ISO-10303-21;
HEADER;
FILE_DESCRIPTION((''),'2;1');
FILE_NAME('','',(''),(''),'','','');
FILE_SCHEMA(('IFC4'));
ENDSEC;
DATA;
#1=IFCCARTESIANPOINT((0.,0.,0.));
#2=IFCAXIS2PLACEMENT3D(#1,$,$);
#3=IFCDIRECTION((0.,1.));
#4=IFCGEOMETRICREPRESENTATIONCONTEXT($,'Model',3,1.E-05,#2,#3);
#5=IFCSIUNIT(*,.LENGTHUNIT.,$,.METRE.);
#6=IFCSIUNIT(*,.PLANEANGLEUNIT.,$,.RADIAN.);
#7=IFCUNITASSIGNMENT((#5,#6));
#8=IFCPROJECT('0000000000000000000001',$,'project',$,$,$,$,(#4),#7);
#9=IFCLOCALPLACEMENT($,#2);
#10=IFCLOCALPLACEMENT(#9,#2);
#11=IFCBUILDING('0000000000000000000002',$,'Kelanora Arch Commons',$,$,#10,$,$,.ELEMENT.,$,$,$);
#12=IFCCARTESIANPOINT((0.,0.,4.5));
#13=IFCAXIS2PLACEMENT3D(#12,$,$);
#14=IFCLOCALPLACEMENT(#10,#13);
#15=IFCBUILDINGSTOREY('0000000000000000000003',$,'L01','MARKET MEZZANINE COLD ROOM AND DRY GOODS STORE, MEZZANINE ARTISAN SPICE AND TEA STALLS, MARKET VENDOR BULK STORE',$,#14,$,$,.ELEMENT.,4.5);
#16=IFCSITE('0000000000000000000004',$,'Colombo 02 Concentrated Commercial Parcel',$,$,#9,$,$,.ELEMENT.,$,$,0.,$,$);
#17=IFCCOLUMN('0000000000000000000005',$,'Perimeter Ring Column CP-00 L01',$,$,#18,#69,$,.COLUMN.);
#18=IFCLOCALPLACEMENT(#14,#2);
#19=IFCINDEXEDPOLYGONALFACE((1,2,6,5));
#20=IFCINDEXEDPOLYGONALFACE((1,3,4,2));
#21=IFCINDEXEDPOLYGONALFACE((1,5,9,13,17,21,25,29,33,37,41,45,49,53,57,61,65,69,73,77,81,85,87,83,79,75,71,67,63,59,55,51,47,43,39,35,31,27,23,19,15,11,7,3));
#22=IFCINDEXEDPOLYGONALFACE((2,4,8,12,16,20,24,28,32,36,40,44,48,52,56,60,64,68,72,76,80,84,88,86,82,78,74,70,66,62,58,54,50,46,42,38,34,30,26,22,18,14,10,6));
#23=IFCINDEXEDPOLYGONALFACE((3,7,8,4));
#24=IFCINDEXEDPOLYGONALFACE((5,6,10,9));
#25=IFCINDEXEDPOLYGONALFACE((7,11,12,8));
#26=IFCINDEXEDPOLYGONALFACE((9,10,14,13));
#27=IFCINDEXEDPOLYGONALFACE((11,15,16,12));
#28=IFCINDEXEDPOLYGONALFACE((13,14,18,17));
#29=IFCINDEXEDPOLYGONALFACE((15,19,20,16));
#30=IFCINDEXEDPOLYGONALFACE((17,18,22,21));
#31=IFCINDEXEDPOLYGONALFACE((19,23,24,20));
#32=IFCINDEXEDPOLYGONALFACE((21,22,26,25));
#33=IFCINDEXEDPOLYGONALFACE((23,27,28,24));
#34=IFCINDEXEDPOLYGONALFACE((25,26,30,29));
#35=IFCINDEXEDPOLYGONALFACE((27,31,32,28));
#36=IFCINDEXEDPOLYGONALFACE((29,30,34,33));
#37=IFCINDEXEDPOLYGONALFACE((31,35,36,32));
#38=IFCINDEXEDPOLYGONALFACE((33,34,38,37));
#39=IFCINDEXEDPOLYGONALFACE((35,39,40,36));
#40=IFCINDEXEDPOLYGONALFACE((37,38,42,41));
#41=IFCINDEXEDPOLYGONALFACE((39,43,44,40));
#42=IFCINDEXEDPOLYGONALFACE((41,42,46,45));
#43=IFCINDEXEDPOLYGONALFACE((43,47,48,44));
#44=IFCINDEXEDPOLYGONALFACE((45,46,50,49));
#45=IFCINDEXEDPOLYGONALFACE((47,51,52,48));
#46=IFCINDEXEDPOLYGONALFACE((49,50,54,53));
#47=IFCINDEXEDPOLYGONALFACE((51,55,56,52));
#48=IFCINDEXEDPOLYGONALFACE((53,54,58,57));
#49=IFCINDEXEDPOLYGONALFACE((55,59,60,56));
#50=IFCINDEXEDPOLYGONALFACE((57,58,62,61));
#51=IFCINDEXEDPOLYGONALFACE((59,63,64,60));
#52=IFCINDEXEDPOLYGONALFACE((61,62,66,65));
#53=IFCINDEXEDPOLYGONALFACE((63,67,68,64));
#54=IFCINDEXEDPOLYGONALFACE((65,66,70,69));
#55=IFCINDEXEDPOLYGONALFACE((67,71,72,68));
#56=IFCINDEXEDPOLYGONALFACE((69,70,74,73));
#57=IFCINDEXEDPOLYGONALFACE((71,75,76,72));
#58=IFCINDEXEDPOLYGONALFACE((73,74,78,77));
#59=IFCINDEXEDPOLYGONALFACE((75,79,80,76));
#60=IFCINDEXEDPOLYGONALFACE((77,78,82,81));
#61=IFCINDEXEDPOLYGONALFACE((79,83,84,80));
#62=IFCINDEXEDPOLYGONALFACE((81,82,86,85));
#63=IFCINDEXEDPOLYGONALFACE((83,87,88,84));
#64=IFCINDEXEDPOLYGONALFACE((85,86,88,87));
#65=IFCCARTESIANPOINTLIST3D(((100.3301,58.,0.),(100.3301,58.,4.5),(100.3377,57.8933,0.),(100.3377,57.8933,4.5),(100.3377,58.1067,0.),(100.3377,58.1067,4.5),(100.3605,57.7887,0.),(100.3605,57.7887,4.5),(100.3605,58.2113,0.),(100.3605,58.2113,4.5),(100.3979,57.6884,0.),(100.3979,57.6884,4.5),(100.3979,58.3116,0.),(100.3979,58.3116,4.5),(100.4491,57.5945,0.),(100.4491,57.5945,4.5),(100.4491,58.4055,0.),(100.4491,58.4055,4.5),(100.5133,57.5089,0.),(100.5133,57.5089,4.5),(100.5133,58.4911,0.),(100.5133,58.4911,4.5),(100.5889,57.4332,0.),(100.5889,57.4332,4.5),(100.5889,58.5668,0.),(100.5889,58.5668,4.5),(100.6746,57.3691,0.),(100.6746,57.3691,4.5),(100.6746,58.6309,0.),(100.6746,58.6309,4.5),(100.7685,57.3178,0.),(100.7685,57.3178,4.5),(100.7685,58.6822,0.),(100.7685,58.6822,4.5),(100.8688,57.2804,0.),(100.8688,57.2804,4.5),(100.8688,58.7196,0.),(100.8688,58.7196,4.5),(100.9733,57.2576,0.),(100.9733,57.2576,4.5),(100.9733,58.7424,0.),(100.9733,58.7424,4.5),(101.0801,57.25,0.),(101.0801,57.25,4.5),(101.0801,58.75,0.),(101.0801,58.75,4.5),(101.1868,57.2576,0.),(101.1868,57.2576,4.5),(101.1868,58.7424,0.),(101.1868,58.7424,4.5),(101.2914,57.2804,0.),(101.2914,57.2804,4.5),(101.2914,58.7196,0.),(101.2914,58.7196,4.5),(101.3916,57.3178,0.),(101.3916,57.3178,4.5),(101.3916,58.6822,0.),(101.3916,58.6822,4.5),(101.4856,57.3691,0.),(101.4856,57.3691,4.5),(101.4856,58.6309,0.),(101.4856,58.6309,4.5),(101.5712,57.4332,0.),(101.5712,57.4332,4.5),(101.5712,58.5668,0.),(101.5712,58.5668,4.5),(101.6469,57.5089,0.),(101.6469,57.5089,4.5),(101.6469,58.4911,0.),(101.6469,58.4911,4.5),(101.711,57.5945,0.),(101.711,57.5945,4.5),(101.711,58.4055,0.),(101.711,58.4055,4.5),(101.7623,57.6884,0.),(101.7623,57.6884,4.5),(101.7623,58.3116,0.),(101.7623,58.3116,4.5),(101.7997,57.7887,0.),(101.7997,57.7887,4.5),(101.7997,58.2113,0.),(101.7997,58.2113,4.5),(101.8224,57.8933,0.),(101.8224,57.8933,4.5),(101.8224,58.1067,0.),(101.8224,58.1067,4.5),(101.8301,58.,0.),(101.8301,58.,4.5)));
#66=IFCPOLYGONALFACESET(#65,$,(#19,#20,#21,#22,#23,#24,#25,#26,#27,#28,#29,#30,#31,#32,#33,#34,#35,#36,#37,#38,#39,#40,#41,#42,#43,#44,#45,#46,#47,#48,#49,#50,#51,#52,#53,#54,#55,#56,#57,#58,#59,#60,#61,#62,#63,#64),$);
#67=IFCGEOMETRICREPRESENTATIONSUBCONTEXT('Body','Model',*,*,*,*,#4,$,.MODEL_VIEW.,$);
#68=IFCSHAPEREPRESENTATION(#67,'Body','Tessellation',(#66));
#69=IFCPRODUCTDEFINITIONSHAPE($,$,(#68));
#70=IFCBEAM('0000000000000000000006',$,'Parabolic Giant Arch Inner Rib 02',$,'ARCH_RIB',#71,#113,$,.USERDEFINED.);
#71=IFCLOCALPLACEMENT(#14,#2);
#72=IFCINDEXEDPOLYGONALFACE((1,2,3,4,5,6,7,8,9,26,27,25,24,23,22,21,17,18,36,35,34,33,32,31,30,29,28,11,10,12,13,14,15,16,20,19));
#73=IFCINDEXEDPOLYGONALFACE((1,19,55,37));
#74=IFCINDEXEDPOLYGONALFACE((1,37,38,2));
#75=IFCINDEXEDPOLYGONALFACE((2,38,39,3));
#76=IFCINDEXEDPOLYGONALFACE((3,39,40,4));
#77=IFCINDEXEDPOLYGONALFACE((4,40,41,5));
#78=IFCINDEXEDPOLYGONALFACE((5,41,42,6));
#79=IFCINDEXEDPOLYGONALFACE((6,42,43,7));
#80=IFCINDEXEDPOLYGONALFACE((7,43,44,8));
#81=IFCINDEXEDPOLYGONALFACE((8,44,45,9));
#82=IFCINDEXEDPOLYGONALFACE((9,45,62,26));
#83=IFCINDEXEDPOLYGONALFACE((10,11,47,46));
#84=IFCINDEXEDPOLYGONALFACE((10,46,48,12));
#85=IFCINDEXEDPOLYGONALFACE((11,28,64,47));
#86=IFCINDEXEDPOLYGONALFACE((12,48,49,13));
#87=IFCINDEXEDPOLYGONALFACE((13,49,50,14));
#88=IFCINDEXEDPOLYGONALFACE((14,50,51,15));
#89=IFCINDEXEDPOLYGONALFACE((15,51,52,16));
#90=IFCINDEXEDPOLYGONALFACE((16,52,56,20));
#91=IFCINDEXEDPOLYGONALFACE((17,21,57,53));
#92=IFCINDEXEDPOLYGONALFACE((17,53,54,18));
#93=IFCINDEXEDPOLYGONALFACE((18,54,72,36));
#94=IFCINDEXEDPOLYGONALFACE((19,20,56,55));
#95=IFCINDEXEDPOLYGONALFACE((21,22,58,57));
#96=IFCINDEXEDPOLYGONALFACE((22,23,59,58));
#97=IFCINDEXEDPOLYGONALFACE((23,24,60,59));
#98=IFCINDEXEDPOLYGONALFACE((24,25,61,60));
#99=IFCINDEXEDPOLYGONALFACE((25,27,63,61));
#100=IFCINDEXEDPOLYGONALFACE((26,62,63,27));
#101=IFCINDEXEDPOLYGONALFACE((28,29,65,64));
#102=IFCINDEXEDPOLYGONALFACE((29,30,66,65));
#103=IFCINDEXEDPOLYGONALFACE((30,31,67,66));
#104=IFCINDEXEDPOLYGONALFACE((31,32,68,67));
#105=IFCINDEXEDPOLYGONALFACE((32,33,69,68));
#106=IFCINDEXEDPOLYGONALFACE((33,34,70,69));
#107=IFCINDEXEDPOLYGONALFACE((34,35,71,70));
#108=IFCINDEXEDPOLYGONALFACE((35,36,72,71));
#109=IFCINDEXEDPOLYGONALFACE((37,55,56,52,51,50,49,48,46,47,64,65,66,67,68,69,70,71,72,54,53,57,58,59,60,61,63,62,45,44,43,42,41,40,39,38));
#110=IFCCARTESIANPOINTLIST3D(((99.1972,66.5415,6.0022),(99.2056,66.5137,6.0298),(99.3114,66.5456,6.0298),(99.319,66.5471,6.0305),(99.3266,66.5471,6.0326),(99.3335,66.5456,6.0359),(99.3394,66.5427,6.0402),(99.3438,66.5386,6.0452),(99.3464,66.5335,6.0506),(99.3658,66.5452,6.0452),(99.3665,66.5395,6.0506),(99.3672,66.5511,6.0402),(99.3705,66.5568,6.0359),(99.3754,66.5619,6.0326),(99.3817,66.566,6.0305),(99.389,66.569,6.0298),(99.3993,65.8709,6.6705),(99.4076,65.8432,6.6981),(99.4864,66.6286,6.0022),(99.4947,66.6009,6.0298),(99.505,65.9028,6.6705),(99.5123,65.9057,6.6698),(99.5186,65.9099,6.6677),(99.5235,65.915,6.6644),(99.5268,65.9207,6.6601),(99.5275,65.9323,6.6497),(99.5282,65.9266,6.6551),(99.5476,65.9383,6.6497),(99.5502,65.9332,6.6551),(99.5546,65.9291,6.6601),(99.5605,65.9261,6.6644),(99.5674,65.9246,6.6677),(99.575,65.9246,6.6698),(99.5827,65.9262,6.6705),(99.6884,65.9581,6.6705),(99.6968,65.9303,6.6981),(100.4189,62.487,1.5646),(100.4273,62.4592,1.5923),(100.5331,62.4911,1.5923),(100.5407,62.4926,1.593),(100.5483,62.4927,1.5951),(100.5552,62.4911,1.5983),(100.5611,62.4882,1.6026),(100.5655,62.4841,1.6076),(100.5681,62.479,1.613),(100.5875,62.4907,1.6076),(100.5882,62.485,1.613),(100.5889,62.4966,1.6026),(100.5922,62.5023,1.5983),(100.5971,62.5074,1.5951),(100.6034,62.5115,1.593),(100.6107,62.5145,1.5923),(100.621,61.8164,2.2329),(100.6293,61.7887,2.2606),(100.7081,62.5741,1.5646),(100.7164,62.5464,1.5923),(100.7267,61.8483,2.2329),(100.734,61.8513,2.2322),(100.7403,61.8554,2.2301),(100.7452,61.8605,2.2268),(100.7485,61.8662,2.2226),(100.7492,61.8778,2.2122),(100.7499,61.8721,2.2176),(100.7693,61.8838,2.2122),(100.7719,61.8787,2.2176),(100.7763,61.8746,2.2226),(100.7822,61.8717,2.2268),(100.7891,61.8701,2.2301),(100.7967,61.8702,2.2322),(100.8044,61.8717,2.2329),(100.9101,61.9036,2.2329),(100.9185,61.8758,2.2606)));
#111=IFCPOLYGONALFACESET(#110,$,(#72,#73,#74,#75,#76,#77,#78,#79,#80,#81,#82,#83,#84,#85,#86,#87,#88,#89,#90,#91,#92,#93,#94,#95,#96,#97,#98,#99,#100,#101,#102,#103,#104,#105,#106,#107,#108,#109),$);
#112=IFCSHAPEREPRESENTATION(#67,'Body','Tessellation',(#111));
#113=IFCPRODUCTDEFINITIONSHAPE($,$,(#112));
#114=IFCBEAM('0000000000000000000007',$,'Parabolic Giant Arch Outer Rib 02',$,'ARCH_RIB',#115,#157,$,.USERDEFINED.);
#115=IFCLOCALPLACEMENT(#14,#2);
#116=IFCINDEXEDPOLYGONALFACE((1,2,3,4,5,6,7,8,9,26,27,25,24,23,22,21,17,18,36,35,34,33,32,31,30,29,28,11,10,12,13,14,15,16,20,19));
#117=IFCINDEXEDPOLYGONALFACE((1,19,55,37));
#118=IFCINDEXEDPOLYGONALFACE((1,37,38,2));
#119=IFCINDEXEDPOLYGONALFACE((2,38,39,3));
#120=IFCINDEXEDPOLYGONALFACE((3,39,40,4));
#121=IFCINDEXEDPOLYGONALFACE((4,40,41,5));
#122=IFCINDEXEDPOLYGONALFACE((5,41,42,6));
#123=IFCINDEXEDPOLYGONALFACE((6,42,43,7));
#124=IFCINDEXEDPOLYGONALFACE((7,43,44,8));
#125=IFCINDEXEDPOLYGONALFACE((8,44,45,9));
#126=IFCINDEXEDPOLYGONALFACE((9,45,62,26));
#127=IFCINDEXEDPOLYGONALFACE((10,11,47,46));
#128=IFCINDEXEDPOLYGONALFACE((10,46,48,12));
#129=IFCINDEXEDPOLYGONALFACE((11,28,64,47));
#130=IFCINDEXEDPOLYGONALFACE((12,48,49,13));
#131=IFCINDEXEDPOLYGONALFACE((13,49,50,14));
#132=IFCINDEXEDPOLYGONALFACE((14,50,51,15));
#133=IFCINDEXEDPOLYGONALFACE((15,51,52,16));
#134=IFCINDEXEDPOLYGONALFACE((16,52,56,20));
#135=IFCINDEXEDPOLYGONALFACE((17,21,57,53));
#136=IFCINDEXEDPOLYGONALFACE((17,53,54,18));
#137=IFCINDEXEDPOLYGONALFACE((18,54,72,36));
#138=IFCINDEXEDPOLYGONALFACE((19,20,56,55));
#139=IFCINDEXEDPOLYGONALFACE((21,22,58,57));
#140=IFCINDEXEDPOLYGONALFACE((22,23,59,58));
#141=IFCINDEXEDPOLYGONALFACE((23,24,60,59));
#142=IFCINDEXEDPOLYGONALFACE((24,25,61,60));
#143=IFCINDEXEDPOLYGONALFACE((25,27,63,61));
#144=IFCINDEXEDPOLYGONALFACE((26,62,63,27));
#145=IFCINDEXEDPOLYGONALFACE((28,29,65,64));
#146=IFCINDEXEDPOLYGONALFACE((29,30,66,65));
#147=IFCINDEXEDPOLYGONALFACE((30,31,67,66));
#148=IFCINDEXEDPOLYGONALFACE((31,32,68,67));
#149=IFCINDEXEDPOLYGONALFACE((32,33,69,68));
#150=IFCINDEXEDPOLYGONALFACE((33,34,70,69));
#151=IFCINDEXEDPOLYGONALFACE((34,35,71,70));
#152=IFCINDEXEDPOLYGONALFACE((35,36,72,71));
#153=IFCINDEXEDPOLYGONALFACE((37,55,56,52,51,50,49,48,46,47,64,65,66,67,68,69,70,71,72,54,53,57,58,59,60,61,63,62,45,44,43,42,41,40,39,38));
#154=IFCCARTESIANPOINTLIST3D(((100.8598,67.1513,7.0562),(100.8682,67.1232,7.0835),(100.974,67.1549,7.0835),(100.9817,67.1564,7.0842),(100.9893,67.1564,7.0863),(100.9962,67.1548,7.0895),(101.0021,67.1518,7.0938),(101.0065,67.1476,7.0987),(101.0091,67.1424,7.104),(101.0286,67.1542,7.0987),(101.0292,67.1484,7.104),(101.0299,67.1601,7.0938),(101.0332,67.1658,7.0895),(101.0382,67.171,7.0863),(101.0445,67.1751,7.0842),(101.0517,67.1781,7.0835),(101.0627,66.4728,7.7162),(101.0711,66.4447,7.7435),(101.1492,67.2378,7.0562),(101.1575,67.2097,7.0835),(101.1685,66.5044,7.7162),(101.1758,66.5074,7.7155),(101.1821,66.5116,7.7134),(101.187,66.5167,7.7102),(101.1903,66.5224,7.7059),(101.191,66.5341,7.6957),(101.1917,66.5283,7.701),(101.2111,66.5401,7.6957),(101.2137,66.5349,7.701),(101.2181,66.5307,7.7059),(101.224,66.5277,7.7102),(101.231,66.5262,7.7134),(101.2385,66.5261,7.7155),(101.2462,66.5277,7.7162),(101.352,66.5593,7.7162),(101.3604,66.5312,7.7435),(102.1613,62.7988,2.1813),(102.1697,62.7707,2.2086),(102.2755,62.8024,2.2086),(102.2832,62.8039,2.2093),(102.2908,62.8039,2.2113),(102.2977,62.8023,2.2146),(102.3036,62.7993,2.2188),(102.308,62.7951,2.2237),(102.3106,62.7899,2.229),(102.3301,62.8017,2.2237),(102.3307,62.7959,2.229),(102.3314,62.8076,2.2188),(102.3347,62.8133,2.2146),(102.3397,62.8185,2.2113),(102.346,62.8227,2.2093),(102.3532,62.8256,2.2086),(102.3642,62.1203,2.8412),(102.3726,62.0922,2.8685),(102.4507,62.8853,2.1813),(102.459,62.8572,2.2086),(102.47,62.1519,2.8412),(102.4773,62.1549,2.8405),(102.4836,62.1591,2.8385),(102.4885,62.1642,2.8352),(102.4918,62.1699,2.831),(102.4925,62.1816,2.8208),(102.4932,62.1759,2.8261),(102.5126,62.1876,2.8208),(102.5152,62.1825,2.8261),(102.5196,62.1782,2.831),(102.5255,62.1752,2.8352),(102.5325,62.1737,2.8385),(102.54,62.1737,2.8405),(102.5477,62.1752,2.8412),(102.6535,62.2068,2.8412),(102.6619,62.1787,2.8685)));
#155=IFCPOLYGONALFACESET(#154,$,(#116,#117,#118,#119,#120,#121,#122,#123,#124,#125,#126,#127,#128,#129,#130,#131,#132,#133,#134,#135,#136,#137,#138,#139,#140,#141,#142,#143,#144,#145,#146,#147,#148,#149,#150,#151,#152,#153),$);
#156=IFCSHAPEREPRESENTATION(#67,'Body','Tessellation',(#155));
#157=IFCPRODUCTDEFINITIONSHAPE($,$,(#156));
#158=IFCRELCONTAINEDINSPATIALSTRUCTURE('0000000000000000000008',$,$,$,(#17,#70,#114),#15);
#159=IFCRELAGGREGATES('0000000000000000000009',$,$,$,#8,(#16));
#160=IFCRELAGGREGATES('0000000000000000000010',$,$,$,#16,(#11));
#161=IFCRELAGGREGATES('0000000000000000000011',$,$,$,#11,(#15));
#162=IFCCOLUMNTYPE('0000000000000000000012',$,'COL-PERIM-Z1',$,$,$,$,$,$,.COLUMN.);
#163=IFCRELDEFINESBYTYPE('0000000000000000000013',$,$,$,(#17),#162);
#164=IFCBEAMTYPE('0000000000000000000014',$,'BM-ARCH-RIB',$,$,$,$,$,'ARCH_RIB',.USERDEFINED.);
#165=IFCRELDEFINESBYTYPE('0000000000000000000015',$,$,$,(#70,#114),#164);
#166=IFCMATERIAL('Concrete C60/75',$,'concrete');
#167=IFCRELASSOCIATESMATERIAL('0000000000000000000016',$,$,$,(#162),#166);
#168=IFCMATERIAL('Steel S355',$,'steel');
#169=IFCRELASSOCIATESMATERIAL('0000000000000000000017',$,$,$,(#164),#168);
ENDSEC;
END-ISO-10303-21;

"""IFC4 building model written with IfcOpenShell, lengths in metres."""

from ifc_helpers import new_model, si_unit, direction, frame, origin, origin_2d, place, context, subcontext, project, spatial, circle, i_section, extrude, material, material_profile, profile_set, type_object, element, save


model = new_model("IFC4")

# Units and contexts
model_context = context("Model", 3, precision=1e-05, world=origin(), true_north=direction((0.0, 1.0)))
body_context = subcontext(model_context, "Body", "Model", "MODEL_VIEW")
ifc_project = project(units=[si_unit("LENGTHUNIT", "METRE"), si_unit("PLANEANGLEUNIT", "RADIAN")], contexts=[model_context])

# Site, building, storey
site_placement = place(None, origin())
site = spatial("IfcSite", under=ifc_project, at=site_placement, Name="Colombo 02 Concentrated Commercial Parcel", CompositionType="ELEMENT", RefElevation=0.0)
building_placement = place(site_placement, origin())
building = spatial("IfcBuilding", under=site, at=building_placement, Name="Kelanora Arch Commons", CompositionType="ELEMENT")
storey_placement = place(building_placement, frame((0.0, 0.0, 4.5)))
storey = spatial("IfcBuildingStorey", under=building, at=storey_placement, Name="L01", Description="MARKET MEZZANINE COLD ROOM AND DRY GOODS STORE, MEZZANINE ARTISAN SPICE AND TEA STALLS, MARKET VENDOR BULK STORE", CompositionType="ELEMENT", Elevation=4.5)

# Column
ifc_material_1 = material(Name="Concrete C60/75", Category="concrete")
ifc_material_profile_1 = material_profile(ifc_material_1, circle(Radius=0.75, at=origin_2d()), Name="RCC1500")
ifc_profile_set_1 = profile_set([ifc_material_profile_1], Name="Concrete C60/75")
column_type = type_object("IfcColumnType", Name="COL-PERIM-Z1", PredefinedType="COLUMN", material=ifc_profile_set_1)
column_placement = place(storey_placement, frame((101.0801, 58.0, 0.0), z_axis=(0.0, 0.0, 1.0), x_axis=(1.0, 0.0, 0.0)))
element("IfcColumn", 1, at=column_placement, inside=storey, type_object=column_type, Name="Perimeter Ring Column CP-00 L01", PredefinedType="COLUMN", context=body_context, shape_type="SweptSolid", body=[
    extrude(circle(Radius=0.75, at=origin_2d()), origin(), (0.0, 0.0, 1.0), 4.5),
])

# Beams
ifc_material_2 = material(Name="Steel S355", Category="steel")
ifc_material_profile_2 = material_profile(ifc_material_2, i_section(OverallWidth=0.302, OverallDepth=1.0081, WebThickness=0.021, FlangeThickness=0.04, FilletRadius=0.03, at=origin_2d()), Name="HEM1000")
ifc_profile_set_2 = profile_set([ifc_material_profile_2], Name="Steel S355")
beam_type_1 = type_object("IfcBeamType", Name="BM-ARCH-RIB", ElementType="ARCH_RIB", PredefinedType="USERDEFINED", material=ifc_profile_set_2)
beam_1_placement = place(storey_placement, frame((100.6687, 62.1814, 1.9126), z_axis=(-0.199175, 0.66101, 0.723461), x_axis=(-0.957478, -0.288506, 0.0)))
element("IfcBeam", 2, at=beam_1_placement, inside=storey, type_object=beam_type_1, Name="Parabolic Giant Arch Inner Rib 02", ObjectType="ARCH_RIB", PredefinedType="USERDEFINED", context=body_context, shape_type="SweptSolid", body=[
    extrude(i_section(OverallWidth=0.302, OverallDepth=1.0081, WebThickness=0.021, FlangeThickness=0.04, FilletRadius=0.03, at=origin_2d()), origin(), (0.0, 0.0, 1.0), 6.1338),
])
beam_2_placement = place(storey_placement, frame((102.4116, 62.4888, 2.5249), z_axis=(-0.195316, 0.653177, 0.731582), x_axis=(-0.958083, -0.28649, 0.0)))
element("IfcBeam", 3, at=beam_2_placement, inside=storey, type_object=beam_type_1, Name="Parabolic Giant Arch Outer Rib 02", ObjectType="ARCH_RIB", PredefinedType="USERDEFINED", context=body_context, shape_type="SweptSolid", body=[
    extrude(i_section(OverallWidth=0.302, OverallDepth=1.0081, WebThickness=0.021, FlangeThickness=0.04, FilletRadius=0.03, at=origin_2d()), origin(), (0.0, 0.0, 1.0), 6.6636),
])

save(model, "model.ifc")
